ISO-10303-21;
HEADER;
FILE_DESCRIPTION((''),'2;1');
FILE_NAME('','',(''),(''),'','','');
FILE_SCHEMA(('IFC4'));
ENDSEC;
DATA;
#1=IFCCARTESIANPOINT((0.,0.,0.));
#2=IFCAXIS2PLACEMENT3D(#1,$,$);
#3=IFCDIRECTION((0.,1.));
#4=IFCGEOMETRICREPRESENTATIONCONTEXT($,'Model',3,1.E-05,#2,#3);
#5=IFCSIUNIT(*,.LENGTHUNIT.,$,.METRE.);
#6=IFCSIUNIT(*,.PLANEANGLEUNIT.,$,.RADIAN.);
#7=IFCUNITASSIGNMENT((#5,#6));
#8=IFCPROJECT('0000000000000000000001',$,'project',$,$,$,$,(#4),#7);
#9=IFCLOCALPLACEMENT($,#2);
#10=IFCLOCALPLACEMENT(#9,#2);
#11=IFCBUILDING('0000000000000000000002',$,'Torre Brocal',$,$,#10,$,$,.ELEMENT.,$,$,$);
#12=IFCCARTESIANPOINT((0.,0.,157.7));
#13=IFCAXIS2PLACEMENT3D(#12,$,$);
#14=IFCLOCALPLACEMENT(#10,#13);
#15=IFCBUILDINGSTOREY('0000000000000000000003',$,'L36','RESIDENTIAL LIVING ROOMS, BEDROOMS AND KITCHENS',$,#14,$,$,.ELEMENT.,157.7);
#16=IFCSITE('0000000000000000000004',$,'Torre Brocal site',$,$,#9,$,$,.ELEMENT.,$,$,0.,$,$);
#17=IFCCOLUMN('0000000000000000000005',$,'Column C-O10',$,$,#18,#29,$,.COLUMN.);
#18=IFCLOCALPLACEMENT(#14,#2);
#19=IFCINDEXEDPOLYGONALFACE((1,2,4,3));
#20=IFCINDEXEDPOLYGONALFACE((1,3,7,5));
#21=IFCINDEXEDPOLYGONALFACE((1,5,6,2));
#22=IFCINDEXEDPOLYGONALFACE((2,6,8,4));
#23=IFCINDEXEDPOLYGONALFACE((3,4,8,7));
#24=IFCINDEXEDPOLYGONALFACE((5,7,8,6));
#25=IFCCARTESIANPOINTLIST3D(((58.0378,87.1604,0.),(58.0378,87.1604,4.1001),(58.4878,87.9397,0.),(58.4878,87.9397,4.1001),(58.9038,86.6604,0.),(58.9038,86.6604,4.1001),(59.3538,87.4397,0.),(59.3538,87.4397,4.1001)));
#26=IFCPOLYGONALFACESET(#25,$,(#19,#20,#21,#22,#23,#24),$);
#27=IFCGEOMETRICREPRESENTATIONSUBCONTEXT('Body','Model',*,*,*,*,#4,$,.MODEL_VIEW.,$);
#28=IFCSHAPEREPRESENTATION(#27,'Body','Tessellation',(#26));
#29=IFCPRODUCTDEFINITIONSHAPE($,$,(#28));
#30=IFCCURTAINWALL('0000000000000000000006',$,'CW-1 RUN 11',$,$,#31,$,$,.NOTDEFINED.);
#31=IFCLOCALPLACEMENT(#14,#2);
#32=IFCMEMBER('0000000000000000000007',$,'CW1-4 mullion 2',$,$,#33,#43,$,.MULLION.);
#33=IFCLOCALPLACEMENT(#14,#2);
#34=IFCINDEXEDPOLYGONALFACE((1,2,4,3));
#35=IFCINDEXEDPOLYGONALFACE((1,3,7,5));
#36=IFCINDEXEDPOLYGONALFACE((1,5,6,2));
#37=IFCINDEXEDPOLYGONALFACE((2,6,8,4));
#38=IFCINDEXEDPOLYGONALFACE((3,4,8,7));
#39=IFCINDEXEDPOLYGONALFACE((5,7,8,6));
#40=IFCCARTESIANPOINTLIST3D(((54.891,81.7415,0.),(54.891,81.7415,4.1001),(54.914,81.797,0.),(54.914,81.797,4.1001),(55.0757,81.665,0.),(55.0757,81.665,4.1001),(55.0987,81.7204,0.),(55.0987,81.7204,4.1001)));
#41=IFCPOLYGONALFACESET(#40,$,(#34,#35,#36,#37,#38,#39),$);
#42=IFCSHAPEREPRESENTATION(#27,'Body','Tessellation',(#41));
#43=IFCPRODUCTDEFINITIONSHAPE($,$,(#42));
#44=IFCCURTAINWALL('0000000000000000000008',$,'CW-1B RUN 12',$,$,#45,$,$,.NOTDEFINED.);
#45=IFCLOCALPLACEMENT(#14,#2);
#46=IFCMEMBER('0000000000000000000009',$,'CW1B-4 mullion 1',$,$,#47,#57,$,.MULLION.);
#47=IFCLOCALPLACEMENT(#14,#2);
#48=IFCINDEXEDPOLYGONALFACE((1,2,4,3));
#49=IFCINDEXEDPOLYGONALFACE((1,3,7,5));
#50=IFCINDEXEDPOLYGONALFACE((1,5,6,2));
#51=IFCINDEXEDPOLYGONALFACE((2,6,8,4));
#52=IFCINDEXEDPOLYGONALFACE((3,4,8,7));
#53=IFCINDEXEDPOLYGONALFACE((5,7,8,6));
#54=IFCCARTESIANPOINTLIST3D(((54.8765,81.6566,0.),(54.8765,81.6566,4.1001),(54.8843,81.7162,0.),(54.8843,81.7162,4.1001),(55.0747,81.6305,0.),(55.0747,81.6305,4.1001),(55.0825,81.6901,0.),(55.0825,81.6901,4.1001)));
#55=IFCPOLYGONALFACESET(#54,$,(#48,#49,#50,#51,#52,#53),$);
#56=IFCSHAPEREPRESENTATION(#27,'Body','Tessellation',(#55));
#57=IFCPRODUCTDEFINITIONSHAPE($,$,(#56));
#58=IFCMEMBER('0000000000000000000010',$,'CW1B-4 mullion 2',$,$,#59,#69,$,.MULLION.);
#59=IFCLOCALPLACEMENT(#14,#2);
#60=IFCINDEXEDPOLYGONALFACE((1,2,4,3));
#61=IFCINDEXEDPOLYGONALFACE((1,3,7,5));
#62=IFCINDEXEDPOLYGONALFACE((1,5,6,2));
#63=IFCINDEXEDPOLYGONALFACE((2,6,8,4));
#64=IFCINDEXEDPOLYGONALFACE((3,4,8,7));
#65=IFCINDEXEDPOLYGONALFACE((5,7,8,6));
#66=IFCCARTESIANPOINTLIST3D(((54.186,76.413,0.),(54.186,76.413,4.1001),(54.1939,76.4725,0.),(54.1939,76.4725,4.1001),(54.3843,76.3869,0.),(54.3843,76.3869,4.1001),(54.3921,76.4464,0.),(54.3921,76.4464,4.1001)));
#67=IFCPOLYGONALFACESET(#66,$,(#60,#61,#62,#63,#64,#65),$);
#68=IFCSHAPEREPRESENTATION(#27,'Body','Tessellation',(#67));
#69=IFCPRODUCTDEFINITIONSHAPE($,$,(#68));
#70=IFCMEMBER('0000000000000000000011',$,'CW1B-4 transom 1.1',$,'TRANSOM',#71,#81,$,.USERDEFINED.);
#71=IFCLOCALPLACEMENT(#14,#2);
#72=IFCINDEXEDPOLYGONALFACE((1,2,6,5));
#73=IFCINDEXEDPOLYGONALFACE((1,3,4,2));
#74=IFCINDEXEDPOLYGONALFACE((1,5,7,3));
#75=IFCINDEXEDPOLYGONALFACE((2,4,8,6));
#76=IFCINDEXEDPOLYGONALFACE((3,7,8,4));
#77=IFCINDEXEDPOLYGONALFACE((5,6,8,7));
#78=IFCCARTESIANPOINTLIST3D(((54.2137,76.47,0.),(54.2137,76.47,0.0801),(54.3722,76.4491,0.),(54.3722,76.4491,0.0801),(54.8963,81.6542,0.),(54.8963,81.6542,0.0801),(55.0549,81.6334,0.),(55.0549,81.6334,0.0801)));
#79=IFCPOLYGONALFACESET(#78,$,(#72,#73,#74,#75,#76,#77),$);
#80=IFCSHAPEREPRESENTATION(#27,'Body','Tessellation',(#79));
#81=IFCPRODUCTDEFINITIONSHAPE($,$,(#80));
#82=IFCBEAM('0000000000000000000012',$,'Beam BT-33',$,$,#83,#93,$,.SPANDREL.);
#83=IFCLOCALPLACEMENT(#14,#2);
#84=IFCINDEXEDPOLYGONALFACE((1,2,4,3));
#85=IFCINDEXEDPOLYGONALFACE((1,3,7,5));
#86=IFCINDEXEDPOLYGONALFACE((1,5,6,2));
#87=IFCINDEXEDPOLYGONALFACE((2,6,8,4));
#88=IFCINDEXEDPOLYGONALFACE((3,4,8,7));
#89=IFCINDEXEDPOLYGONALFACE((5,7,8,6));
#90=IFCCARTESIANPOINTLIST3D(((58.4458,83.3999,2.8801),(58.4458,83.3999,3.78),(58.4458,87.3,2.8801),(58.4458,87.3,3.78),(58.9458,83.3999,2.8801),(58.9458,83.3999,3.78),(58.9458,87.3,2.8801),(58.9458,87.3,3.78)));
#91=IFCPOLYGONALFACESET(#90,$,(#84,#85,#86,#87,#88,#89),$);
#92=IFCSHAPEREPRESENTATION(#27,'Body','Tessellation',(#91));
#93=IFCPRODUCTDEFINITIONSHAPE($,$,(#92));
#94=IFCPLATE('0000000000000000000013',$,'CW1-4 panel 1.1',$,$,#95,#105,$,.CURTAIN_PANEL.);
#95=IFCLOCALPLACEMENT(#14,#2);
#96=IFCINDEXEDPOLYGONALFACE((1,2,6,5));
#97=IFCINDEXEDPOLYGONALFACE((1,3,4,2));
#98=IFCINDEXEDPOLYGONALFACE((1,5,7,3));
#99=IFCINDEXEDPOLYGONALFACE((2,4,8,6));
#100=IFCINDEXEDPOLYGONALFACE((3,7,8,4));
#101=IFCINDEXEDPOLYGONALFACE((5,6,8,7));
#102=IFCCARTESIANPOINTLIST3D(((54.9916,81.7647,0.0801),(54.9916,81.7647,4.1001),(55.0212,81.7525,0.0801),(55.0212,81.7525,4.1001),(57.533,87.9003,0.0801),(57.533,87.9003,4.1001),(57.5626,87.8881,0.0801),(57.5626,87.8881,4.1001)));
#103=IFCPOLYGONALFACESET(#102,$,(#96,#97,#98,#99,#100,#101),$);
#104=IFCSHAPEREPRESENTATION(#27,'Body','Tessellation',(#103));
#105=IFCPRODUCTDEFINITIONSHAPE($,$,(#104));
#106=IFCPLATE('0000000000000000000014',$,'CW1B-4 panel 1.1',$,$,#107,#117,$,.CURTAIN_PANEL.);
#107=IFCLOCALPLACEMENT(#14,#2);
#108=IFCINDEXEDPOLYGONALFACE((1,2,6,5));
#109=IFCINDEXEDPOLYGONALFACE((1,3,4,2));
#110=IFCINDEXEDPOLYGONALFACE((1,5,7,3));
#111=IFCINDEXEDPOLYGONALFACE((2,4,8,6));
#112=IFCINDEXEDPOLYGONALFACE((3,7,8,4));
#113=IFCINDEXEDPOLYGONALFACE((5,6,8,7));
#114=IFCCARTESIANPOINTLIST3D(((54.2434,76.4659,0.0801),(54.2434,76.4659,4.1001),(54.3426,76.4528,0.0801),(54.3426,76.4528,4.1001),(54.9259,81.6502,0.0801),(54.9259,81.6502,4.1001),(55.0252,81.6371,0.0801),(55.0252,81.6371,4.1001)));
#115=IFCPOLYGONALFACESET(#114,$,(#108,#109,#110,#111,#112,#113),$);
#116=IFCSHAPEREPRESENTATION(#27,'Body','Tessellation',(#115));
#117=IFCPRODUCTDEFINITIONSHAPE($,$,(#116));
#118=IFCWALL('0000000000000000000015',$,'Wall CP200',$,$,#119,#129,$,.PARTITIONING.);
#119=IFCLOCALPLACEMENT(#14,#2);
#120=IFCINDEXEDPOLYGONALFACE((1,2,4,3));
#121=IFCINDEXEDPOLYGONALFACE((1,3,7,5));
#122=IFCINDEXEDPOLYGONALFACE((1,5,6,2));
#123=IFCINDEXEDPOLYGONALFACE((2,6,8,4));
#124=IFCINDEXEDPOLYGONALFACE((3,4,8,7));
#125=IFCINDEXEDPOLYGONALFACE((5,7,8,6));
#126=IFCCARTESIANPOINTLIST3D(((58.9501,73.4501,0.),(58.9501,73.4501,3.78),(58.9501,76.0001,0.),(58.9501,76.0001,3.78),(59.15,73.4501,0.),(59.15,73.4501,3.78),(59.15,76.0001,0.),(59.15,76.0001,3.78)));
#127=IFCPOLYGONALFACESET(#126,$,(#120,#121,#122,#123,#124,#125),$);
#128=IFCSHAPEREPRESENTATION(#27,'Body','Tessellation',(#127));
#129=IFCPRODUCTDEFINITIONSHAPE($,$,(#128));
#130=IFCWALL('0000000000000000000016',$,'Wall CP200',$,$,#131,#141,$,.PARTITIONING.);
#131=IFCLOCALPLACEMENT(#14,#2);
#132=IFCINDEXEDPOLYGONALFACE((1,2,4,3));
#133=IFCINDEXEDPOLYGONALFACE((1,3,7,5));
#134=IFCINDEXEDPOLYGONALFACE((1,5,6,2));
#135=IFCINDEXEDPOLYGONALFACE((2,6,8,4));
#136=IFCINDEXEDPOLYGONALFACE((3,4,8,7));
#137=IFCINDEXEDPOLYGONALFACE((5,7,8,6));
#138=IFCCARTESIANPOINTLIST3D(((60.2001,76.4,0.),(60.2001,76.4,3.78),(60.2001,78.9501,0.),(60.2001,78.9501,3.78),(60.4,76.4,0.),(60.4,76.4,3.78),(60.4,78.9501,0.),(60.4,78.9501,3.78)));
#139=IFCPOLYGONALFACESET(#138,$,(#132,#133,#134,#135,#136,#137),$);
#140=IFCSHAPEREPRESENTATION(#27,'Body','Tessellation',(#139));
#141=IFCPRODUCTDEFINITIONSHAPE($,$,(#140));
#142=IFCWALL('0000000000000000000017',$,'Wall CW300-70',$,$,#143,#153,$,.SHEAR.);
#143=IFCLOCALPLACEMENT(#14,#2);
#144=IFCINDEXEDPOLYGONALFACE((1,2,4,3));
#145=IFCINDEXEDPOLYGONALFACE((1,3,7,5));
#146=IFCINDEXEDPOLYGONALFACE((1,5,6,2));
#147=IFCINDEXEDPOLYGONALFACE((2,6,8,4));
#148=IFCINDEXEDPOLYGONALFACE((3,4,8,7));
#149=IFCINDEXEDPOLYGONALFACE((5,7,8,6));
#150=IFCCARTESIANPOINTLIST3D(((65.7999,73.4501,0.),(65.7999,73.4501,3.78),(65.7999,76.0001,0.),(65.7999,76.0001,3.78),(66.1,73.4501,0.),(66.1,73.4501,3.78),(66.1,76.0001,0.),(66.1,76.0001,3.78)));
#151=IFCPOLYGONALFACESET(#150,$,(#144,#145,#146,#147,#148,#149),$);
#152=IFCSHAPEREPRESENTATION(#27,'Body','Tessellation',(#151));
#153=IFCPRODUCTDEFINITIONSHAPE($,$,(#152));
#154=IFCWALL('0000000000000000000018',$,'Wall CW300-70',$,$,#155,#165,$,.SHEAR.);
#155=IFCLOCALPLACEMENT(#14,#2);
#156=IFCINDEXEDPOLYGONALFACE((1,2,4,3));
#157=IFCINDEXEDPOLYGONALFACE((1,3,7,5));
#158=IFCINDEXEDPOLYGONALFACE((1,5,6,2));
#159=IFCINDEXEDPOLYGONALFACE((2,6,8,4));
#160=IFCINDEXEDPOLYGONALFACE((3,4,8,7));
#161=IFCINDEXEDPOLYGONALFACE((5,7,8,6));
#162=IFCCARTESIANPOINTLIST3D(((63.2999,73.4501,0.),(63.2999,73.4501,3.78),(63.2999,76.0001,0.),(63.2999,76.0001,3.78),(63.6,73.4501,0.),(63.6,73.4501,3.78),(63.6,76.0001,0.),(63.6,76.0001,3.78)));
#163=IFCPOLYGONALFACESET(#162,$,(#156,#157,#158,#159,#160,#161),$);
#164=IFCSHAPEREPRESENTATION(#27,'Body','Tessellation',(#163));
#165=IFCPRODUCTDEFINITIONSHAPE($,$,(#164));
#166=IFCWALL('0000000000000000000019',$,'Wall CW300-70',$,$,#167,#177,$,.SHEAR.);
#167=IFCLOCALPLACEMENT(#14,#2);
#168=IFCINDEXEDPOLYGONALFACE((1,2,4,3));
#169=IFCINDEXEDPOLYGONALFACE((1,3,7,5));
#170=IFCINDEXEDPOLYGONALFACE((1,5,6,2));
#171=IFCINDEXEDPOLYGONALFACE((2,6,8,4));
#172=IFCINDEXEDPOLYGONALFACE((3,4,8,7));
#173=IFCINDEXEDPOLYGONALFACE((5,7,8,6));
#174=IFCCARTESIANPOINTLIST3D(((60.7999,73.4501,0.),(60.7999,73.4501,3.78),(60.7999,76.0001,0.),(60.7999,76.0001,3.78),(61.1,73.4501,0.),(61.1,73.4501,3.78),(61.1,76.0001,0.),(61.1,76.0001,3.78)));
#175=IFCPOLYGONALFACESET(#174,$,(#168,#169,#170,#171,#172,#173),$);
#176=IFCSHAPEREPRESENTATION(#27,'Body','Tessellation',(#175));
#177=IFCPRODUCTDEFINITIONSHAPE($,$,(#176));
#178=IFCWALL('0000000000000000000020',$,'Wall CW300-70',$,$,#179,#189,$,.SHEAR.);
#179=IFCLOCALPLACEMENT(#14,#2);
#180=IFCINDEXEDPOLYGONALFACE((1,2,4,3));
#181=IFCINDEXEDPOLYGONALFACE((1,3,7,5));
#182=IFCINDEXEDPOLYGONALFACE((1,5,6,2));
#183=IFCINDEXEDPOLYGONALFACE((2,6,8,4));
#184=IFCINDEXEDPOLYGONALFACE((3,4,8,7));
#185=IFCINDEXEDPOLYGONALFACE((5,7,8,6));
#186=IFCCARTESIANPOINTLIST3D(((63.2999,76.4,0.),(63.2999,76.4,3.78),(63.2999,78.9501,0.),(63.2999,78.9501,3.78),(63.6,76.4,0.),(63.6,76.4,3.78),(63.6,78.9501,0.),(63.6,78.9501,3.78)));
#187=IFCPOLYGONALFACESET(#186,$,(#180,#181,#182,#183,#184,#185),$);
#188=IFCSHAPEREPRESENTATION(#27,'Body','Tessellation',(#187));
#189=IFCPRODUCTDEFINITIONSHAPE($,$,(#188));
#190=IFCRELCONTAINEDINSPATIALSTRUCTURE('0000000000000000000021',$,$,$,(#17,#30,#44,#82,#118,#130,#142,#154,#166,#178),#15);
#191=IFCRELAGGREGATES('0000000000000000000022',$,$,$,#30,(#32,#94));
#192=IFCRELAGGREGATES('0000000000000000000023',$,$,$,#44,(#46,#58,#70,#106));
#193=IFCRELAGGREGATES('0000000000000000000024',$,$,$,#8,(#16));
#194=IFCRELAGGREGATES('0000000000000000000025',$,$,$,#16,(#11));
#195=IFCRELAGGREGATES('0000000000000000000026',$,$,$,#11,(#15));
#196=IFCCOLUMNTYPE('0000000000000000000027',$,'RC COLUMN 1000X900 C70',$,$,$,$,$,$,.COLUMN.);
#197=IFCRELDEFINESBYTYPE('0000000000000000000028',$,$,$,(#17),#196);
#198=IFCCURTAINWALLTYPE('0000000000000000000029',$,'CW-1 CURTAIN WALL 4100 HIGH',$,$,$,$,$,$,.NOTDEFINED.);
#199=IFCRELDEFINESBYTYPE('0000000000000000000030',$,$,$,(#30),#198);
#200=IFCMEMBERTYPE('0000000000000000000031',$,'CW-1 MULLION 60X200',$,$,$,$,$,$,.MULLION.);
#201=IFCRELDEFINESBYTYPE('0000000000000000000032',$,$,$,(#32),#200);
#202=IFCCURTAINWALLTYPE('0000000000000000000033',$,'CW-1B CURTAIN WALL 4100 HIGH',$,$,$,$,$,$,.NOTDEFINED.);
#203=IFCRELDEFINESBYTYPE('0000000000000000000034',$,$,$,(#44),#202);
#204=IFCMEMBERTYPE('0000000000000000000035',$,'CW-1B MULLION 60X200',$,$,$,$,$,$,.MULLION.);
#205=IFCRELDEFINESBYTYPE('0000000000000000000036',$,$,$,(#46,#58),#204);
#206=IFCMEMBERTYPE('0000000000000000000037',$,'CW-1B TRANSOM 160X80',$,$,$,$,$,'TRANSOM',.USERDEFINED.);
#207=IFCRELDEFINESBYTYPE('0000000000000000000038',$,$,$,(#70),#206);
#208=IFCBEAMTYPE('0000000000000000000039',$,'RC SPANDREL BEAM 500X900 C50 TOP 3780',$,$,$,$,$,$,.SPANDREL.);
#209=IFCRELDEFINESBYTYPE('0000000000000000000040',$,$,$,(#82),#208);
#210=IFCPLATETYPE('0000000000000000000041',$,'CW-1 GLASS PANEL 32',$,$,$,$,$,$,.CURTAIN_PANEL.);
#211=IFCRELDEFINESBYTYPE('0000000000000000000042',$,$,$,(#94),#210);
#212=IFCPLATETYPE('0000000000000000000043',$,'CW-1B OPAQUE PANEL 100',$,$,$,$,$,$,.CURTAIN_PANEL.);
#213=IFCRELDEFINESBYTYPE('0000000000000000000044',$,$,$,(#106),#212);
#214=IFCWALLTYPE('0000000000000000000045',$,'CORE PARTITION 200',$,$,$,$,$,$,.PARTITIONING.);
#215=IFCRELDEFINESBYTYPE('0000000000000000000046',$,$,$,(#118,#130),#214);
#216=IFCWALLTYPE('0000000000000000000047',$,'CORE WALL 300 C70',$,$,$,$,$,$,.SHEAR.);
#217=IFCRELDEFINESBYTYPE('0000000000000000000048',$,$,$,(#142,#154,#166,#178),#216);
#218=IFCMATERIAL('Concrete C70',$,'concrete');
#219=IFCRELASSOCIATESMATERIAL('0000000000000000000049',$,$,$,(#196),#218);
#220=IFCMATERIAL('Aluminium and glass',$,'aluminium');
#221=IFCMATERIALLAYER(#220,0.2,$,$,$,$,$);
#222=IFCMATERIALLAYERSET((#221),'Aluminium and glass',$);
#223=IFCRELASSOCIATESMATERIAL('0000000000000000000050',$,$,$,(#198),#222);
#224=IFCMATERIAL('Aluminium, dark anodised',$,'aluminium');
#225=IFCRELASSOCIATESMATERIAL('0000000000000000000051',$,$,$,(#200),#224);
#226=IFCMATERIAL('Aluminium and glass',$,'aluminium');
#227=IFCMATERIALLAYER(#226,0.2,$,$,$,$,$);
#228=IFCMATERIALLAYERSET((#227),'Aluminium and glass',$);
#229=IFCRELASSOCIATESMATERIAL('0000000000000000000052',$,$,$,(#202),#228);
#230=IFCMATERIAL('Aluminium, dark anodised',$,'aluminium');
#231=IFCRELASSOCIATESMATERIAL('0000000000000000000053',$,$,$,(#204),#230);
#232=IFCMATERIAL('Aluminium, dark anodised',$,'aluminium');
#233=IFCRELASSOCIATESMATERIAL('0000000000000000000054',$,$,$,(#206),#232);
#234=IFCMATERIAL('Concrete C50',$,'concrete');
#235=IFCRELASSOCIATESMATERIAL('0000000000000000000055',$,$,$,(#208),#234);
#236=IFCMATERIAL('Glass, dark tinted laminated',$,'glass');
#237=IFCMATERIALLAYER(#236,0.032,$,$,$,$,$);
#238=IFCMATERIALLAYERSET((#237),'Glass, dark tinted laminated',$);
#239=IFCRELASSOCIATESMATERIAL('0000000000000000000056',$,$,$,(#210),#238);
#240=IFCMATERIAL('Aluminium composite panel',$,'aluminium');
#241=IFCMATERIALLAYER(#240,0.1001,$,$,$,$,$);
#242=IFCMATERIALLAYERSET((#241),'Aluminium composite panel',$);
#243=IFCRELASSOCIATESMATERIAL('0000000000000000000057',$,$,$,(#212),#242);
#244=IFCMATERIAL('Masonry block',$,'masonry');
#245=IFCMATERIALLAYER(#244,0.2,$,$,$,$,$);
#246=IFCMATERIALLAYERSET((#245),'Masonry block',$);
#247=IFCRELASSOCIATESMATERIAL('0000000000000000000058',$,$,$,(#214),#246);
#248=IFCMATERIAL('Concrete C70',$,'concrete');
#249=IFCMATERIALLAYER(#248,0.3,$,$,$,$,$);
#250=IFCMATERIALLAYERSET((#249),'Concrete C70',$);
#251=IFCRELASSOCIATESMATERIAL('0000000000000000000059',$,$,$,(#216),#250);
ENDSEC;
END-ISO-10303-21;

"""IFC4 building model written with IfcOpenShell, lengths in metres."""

from ifc_helpers import new_model, si_unit, direction, frame, frame_2d, origin, origin_2d, place, context, subcontext, project, spatial, rectangle, extrude, material, layer, layer_set, material_profile, profile_set, type_object, element, aggregate, save


model = new_model("IFC4")

# Units and contexts
model_context = context("Model", 3, precision=1e-05, world=origin(), true_north=direction((0.0, 1.0)))
body_context = subcontext(model_context, "Body", "Model", "MODEL_VIEW")
ifc_project = project(units=[si_unit("LENGTHUNIT", "METRE"), si_unit("PLANEANGLEUNIT", "RADIAN")], contexts=[model_context])

# Site, building, storey
site_placement = place(None, origin())
site = spatial("IfcSite", under=ifc_project, at=site_placement, Name="Torre Brocal site", CompositionType="ELEMENT", RefElevation=0.0)
building_placement = place(site_placement, origin())
building = spatial("IfcBuilding", under=site, at=building_placement, Name="Torre Brocal", CompositionType="ELEMENT")
storey_placement = place(building_placement, frame((0.0, 0.0, 157.7)))
storey = spatial("IfcBuildingStorey", under=building, at=storey_placement, Name="L36", Description="RESIDENTIAL LIVING ROOMS, BEDROOMS AND KITCHENS", CompositionType="ELEMENT", Elevation=157.7)

# Column
ifc_material_1 = material(Name="Concrete C70", Category="concrete")
ifc_material_profile_1 = material_profile(ifc_material_1, rectangle(XDim=1.0, YDim=0.8999, at=origin_2d()), Name="RC 1000X900")
ifc_profile_set_1 = profile_set([ifc_material_profile_1], Name="Concrete C70")
column_type = type_object("IfcColumnType", Name="RC COLUMN 1000X900 C70", PredefinedType="COLUMN", material=ifc_profile_set_1)
column_placement = place(storey_placement, frame((58.6958, 87.3, 0.0), z_axis=(0.0, 0.0, 1.0), x_axis=(-0.866025, 0.5, 0.0)))
element("IfcColumn", 1, at=column_placement, inside=storey, type_object=column_type, Name="Column C-O10", PredefinedType="COLUMN", context=body_context, shape_type="SweptSolid", body=[
    extrude(rectangle(XDim=1.0, YDim=0.8999, at=origin_2d()), origin(), (0.0, 0.0, 1.0), 4.1001),
])

# Curtain wall, member
ifc_material_2 = material(Name="Aluminium and glass", Category="aluminium")
ifc_layer_1 = layer(ifc_material_2, 0.2)
ifc_layer_set_1 = layer_set([ifc_layer_1], Name="Aluminium and glass")
curtain_wall_type_1 = type_object("IfcCurtainWallType", Name="CW-1 CURTAIN WALL 4100 HIGH", PredefinedType="NOTDEFINED", material=ifc_layer_set_1)
curtain_wall_1_placement = place(storey_placement, origin())
curtain_wall_1 = element("IfcCurtainWall", 2, at=curtain_wall_1_placement, inside=storey, type_object=curtain_wall_type_1, Name="CW-1 RUN 11", PredefinedType="NOTDEFINED")
ifc_material_3 = material(Name="Aluminium, dark anodised", Category="aluminium")
ifc_material_profile_2 = material_profile(ifc_material_3, rectangle(XDim=0.2, YDim=0.0601, at=origin_2d()), Name="CW-1 MULLION 60X200")
ifc_profile_set_2 = profile_set([ifc_material_profile_2], Name="Aluminium, dark anodised")
member_type_1 = type_object("IfcMemberType", Name="CW-1 MULLION 60X200", PredefinedType="MULLION", material=ifc_profile_set_2)
member_1_placement = place(storey_placement, frame((54.9949, 81.731, 0.0), z_axis=(0.0, 0.0, 1.0), x_axis=(0.92388, -0.382683, 0.0)))
member_1 = element("IfcMember", 3, at=member_1_placement, type_object=member_type_1, Name="CW1-4 mullion 2", PredefinedType="MULLION", context=body_context, shape_type="SweptSolid", body=[
    extrude(rectangle(XDim=0.2, YDim=0.0601, at=origin_2d()), origin(), (0.0, 0.0, 1.0), 4.1001),
])

# Curtain wall, members
ifc_material_4 = material(Name="Aluminium and glass", Category="aluminium")
ifc_layer_2 = layer(ifc_material_4, 0.2)
ifc_layer_set_2 = layer_set([ifc_layer_2], Name="Aluminium and glass")
curtain_wall_type_2 = type_object("IfcCurtainWallType", Name="CW-1B CURTAIN WALL 4100 HIGH", PredefinedType="NOTDEFINED", material=ifc_layer_set_2)
curtain_wall_2_placement = place(storey_placement, origin())
curtain_wall_2 = element("IfcCurtainWall", 4, at=curtain_wall_2_placement, inside=storey, type_object=curtain_wall_type_2, Name="CW-1B RUN 12", PredefinedType="NOTDEFINED")
ifc_material_5 = material(Name="Aluminium, dark anodised", Category="aluminium")
ifc_material_profile_3 = material_profile(ifc_material_5, rectangle(XDim=0.2, YDim=0.0601, at=origin_2d()), Name="CW-1B MULLION 60X200")
ifc_profile_set_3 = profile_set([ifc_material_profile_3], Name="Aluminium, dark anodised")
member_type_2 = type_object("IfcMemberType", Name="CW-1B MULLION 60X200", PredefinedType="MULLION", material=ifc_profile_set_3)
member_2_placement = place(storey_placement, frame((54.9795, 81.6733, 0.0), z_axis=(0.0, 0.0, 1.0), x_axis=(0.991445, -0.130526, 0.0)))
member_2 = element("IfcMember", 5, at=member_2_placement, type_object=member_type_2, Name="CW1B-4 mullion 1", PredefinedType="MULLION", context=body_context, shape_type="SweptSolid", body=[
    extrude(rectangle(XDim=0.2, YDim=0.0601, at=origin_2d()), origin(), (0.0, 0.0, 1.0), 4.1001),
])
member_3_placement = place(storey_placement, frame((54.2891, 76.4297, 0.0), z_axis=(0.0, 0.0, 1.0), x_axis=(0.991445, -0.130526, 0.0)))
member_3 = element("IfcMember", 6, at=member_3_placement, type_object=member_type_2, Name="CW1B-4 mullion 2", PredefinedType="MULLION", context=body_context, shape_type="SweptSolid", body=[
    extrude(rectangle(XDim=0.2, YDim=0.0601, at=origin_2d()), origin(), (0.0, 0.0, 1.0), 4.1001),
])
ifc_material_6 = material(Name="Aluminium, dark anodised", Category="aluminium")
ifc_material_profile_4 = material_profile(ifc_material_6, rectangle(XDim=0.1599, YDim=0.0801, at=origin_2d()), Name="CW-1B TRANSOM 160X80")
ifc_profile_set_4 = profile_set([ifc_material_profile_4], Name="Aluminium, dark anodised")
member_type_3 = type_object("IfcMemberType", Name="CW-1B TRANSOM 160X80", ElementType="TRANSOM", PredefinedType="USERDEFINED", material=ifc_profile_set_4)
member_4_placement = place(storey_placement, frame((54.9756, 81.6438, 0.04), z_axis=(-0.130543, -0.991443, 0.0), x_axis=(0.991443, -0.130543, 0.0)))
member_4 = element("IfcMember", 7, at=member_4_placement, type_object=member_type_3, Name="CW1B-4 transom 1.1", ObjectType="TRANSOM", PredefinedType="USERDEFINED", context=body_context, shape_type="SweptSolid", body=[
    extrude(rectangle(XDim=0.1599, YDim=0.0801, at=origin_2d()), origin(), (0.0, 0.0, 1.0), 5.229),
])

# Beam
ifc_material_7 = material(Name="Concrete C50", Category="concrete")
ifc_material_profile_5 = material_profile(ifc_material_7, rectangle(XDim=0.5, YDim=0.8999, at=origin_2d()), Name="RC 500X900")
ifc_profile_set_5 = profile_set([ifc_material_profile_5], Name="Concrete C50")
beam_type = type_object("IfcBeamType", Name="RC SPANDREL BEAM 500X900 C50 TOP 3780", PredefinedType="SPANDREL", material=ifc_profile_set_5)
beam_placement = place(storey_placement, frame((58.6958, 87.3, 3.3301), z_axis=(0.0, -1.0, 0.0), x_axis=(1.0, 0.0, 0.0)))
element("IfcBeam", 8, at=beam_placement, inside=storey, type_object=beam_type, Name="Beam BT-33", PredefinedType="SPANDREL", context=body_context, shape_type="SweptSolid", body=[
    extrude(rectangle(XDim=0.5, YDim=0.8999, at=origin_2d()), origin(), (0.0, 0.0, 1.0), 3.9001),
])

# Plates
ifc_material_8 = material(Name="Glass, dark tinted laminated", Category="glass")
ifc_layer_3 = layer(ifc_material_8, 0.032)
ifc_layer_set_3 = layer_set([ifc_layer_3], Name="Glass, dark tinted laminated")
plate_type_1 = type_object("IfcPlateType", Name="CW-1 GLASS PANEL 32", PredefinedType="CURTAIN_PANEL", material=ifc_layer_set_3)
plate_1_placement = place(storey_placement, frame((56.2771, 84.8264, 0.0801), z_axis=(0.0, 0.0, 1.0), x_axis=(-0.382683, -0.92388, 0.0)))
plate_1 = element("IfcPlate", 9, at=plate_1_placement, type_object=plate_type_1, Name="CW1-4 panel 1.1", PredefinedType="CURTAIN_PANEL", context=body_context, shape_type="SweptSolid", body=[
    extrude(rectangle(XDim=6.6411, YDim=0.032, at=origin_2d()), origin(), (0.0, 0.0, 1.0), 4.02),
])
aggregate(curtain_wall_1, [member_1, plate_1])
ifc_material_9 = material(Name="Aluminium composite panel", Category="aluminium")
ifc_layer_4 = layer(ifc_material_9, 0.1001)
ifc_layer_set_4 = layer_set([ifc_layer_4], Name="Aluminium composite panel")
plate_type_2 = type_object("IfcPlateType", Name="CW-1B OPAQUE PANEL 100", PredefinedType="CURTAIN_PANEL", material=ifc_layer_set_4)
plate_2_placement = place(storey_placement, frame((54.6343, 79.0515, 0.0801), z_axis=(0.0, 0.0, 1.0), x_axis=(-0.130526, -0.991445, 0.0)))
plate_2 = element("IfcPlate", 10, at=plate_2_placement, type_object=plate_type_2, Name="CW1B-4 panel 1.1", PredefinedType="CURTAIN_PANEL", context=body_context, shape_type="SweptSolid", body=[
    extrude(rectangle(XDim=5.229, YDim=0.1001, at=origin_2d()), origin(), (0.0, 0.0, 1.0), 4.02),
])
aggregate(curtain_wall_2, [member_2, member_3, member_4, plate_2])

# Walls
ifc_material_10 = material(Name="Masonry block", Category="masonry")
ifc_layer_5 = layer(ifc_material_10, 0.2)
ifc_layer_set_5 = layer_set([ifc_layer_5], Name="Masonry block")
wall_type_1 = type_object("IfcWallType", Name="CORE PARTITION 200", PredefinedType="PARTITIONING", material=ifc_layer_set_5)
for number, where, z_axis, x_axis, name in (
    (11, (59.05, 76.0, 0.0), (0.0, 0.0, 1.0), (0.0, -1.0, 0.0), "Wall CP200"),
    (12, (60.3, 78.95, 0.0), (0.0, 0.0, 1.0), (0.0, -1.0, 0.0), "Wall CP200"),
):
    element("IfcWall", number, at=place(storey_placement, frame(where, z_axis=z_axis, x_axis=x_axis)), inside=storey, type_object=wall_type_1, Name=name, PredefinedType="PARTITIONING", context=body_context, shape_type="SweptSolid", body=[
        extrude(rectangle(XDim=2.55, YDim=0.2, at=frame_2d((1.2749, 0.0))), origin(), (0.0, 0.0, 1.0), 3.78),
    ])
ifc_material_11 = material(Name="Concrete C70", Category="concrete")
ifc_layer_6 = layer(ifc_material_11, 0.3)
ifc_layer_set_6 = layer_set([ifc_layer_6], Name="Concrete C70")
wall_type_2 = type_object("IfcWallType", Name="CORE WALL 300 C70", PredefinedType="SHEAR", material=ifc_layer_set_6)
for number, where, z_axis, x_axis, name in (
    (13, (65.95, 76.0, 0.0), (0.0, 0.0, 1.0), (0.0, -1.0, 0.0), "Wall CW300-70"),
    (14, (63.45, 76.0, 0.0), (0.0, 0.0, 1.0), (0.0, -1.0, 0.0), "Wall CW300-70"),
    (15, (60.95, 76.0, 0.0), (0.0, 0.0, 1.0), (0.0, -1.0, 0.0), "Wall CW300-70"),
    (16, (63.45, 78.95, 0.0), (0.0, 0.0, 1.0), (0.0, -1.0, 0.0), "Wall CW300-70"),
):
    element("IfcWall", number, at=place(storey_placement, frame(where, z_axis=z_axis, x_axis=x_axis)), inside=storey, type_object=wall_type_2, Name=name, PredefinedType="SHEAR", context=body_context, shape_type="SweptSolid", body=[
        extrude(rectangle(XDim=2.55, YDim=0.3, at=frame_2d((1.2749, 0.0))), origin(), (0.0, 0.0, 1.0), 3.78),
    ])

save(model, "model.ifc")
